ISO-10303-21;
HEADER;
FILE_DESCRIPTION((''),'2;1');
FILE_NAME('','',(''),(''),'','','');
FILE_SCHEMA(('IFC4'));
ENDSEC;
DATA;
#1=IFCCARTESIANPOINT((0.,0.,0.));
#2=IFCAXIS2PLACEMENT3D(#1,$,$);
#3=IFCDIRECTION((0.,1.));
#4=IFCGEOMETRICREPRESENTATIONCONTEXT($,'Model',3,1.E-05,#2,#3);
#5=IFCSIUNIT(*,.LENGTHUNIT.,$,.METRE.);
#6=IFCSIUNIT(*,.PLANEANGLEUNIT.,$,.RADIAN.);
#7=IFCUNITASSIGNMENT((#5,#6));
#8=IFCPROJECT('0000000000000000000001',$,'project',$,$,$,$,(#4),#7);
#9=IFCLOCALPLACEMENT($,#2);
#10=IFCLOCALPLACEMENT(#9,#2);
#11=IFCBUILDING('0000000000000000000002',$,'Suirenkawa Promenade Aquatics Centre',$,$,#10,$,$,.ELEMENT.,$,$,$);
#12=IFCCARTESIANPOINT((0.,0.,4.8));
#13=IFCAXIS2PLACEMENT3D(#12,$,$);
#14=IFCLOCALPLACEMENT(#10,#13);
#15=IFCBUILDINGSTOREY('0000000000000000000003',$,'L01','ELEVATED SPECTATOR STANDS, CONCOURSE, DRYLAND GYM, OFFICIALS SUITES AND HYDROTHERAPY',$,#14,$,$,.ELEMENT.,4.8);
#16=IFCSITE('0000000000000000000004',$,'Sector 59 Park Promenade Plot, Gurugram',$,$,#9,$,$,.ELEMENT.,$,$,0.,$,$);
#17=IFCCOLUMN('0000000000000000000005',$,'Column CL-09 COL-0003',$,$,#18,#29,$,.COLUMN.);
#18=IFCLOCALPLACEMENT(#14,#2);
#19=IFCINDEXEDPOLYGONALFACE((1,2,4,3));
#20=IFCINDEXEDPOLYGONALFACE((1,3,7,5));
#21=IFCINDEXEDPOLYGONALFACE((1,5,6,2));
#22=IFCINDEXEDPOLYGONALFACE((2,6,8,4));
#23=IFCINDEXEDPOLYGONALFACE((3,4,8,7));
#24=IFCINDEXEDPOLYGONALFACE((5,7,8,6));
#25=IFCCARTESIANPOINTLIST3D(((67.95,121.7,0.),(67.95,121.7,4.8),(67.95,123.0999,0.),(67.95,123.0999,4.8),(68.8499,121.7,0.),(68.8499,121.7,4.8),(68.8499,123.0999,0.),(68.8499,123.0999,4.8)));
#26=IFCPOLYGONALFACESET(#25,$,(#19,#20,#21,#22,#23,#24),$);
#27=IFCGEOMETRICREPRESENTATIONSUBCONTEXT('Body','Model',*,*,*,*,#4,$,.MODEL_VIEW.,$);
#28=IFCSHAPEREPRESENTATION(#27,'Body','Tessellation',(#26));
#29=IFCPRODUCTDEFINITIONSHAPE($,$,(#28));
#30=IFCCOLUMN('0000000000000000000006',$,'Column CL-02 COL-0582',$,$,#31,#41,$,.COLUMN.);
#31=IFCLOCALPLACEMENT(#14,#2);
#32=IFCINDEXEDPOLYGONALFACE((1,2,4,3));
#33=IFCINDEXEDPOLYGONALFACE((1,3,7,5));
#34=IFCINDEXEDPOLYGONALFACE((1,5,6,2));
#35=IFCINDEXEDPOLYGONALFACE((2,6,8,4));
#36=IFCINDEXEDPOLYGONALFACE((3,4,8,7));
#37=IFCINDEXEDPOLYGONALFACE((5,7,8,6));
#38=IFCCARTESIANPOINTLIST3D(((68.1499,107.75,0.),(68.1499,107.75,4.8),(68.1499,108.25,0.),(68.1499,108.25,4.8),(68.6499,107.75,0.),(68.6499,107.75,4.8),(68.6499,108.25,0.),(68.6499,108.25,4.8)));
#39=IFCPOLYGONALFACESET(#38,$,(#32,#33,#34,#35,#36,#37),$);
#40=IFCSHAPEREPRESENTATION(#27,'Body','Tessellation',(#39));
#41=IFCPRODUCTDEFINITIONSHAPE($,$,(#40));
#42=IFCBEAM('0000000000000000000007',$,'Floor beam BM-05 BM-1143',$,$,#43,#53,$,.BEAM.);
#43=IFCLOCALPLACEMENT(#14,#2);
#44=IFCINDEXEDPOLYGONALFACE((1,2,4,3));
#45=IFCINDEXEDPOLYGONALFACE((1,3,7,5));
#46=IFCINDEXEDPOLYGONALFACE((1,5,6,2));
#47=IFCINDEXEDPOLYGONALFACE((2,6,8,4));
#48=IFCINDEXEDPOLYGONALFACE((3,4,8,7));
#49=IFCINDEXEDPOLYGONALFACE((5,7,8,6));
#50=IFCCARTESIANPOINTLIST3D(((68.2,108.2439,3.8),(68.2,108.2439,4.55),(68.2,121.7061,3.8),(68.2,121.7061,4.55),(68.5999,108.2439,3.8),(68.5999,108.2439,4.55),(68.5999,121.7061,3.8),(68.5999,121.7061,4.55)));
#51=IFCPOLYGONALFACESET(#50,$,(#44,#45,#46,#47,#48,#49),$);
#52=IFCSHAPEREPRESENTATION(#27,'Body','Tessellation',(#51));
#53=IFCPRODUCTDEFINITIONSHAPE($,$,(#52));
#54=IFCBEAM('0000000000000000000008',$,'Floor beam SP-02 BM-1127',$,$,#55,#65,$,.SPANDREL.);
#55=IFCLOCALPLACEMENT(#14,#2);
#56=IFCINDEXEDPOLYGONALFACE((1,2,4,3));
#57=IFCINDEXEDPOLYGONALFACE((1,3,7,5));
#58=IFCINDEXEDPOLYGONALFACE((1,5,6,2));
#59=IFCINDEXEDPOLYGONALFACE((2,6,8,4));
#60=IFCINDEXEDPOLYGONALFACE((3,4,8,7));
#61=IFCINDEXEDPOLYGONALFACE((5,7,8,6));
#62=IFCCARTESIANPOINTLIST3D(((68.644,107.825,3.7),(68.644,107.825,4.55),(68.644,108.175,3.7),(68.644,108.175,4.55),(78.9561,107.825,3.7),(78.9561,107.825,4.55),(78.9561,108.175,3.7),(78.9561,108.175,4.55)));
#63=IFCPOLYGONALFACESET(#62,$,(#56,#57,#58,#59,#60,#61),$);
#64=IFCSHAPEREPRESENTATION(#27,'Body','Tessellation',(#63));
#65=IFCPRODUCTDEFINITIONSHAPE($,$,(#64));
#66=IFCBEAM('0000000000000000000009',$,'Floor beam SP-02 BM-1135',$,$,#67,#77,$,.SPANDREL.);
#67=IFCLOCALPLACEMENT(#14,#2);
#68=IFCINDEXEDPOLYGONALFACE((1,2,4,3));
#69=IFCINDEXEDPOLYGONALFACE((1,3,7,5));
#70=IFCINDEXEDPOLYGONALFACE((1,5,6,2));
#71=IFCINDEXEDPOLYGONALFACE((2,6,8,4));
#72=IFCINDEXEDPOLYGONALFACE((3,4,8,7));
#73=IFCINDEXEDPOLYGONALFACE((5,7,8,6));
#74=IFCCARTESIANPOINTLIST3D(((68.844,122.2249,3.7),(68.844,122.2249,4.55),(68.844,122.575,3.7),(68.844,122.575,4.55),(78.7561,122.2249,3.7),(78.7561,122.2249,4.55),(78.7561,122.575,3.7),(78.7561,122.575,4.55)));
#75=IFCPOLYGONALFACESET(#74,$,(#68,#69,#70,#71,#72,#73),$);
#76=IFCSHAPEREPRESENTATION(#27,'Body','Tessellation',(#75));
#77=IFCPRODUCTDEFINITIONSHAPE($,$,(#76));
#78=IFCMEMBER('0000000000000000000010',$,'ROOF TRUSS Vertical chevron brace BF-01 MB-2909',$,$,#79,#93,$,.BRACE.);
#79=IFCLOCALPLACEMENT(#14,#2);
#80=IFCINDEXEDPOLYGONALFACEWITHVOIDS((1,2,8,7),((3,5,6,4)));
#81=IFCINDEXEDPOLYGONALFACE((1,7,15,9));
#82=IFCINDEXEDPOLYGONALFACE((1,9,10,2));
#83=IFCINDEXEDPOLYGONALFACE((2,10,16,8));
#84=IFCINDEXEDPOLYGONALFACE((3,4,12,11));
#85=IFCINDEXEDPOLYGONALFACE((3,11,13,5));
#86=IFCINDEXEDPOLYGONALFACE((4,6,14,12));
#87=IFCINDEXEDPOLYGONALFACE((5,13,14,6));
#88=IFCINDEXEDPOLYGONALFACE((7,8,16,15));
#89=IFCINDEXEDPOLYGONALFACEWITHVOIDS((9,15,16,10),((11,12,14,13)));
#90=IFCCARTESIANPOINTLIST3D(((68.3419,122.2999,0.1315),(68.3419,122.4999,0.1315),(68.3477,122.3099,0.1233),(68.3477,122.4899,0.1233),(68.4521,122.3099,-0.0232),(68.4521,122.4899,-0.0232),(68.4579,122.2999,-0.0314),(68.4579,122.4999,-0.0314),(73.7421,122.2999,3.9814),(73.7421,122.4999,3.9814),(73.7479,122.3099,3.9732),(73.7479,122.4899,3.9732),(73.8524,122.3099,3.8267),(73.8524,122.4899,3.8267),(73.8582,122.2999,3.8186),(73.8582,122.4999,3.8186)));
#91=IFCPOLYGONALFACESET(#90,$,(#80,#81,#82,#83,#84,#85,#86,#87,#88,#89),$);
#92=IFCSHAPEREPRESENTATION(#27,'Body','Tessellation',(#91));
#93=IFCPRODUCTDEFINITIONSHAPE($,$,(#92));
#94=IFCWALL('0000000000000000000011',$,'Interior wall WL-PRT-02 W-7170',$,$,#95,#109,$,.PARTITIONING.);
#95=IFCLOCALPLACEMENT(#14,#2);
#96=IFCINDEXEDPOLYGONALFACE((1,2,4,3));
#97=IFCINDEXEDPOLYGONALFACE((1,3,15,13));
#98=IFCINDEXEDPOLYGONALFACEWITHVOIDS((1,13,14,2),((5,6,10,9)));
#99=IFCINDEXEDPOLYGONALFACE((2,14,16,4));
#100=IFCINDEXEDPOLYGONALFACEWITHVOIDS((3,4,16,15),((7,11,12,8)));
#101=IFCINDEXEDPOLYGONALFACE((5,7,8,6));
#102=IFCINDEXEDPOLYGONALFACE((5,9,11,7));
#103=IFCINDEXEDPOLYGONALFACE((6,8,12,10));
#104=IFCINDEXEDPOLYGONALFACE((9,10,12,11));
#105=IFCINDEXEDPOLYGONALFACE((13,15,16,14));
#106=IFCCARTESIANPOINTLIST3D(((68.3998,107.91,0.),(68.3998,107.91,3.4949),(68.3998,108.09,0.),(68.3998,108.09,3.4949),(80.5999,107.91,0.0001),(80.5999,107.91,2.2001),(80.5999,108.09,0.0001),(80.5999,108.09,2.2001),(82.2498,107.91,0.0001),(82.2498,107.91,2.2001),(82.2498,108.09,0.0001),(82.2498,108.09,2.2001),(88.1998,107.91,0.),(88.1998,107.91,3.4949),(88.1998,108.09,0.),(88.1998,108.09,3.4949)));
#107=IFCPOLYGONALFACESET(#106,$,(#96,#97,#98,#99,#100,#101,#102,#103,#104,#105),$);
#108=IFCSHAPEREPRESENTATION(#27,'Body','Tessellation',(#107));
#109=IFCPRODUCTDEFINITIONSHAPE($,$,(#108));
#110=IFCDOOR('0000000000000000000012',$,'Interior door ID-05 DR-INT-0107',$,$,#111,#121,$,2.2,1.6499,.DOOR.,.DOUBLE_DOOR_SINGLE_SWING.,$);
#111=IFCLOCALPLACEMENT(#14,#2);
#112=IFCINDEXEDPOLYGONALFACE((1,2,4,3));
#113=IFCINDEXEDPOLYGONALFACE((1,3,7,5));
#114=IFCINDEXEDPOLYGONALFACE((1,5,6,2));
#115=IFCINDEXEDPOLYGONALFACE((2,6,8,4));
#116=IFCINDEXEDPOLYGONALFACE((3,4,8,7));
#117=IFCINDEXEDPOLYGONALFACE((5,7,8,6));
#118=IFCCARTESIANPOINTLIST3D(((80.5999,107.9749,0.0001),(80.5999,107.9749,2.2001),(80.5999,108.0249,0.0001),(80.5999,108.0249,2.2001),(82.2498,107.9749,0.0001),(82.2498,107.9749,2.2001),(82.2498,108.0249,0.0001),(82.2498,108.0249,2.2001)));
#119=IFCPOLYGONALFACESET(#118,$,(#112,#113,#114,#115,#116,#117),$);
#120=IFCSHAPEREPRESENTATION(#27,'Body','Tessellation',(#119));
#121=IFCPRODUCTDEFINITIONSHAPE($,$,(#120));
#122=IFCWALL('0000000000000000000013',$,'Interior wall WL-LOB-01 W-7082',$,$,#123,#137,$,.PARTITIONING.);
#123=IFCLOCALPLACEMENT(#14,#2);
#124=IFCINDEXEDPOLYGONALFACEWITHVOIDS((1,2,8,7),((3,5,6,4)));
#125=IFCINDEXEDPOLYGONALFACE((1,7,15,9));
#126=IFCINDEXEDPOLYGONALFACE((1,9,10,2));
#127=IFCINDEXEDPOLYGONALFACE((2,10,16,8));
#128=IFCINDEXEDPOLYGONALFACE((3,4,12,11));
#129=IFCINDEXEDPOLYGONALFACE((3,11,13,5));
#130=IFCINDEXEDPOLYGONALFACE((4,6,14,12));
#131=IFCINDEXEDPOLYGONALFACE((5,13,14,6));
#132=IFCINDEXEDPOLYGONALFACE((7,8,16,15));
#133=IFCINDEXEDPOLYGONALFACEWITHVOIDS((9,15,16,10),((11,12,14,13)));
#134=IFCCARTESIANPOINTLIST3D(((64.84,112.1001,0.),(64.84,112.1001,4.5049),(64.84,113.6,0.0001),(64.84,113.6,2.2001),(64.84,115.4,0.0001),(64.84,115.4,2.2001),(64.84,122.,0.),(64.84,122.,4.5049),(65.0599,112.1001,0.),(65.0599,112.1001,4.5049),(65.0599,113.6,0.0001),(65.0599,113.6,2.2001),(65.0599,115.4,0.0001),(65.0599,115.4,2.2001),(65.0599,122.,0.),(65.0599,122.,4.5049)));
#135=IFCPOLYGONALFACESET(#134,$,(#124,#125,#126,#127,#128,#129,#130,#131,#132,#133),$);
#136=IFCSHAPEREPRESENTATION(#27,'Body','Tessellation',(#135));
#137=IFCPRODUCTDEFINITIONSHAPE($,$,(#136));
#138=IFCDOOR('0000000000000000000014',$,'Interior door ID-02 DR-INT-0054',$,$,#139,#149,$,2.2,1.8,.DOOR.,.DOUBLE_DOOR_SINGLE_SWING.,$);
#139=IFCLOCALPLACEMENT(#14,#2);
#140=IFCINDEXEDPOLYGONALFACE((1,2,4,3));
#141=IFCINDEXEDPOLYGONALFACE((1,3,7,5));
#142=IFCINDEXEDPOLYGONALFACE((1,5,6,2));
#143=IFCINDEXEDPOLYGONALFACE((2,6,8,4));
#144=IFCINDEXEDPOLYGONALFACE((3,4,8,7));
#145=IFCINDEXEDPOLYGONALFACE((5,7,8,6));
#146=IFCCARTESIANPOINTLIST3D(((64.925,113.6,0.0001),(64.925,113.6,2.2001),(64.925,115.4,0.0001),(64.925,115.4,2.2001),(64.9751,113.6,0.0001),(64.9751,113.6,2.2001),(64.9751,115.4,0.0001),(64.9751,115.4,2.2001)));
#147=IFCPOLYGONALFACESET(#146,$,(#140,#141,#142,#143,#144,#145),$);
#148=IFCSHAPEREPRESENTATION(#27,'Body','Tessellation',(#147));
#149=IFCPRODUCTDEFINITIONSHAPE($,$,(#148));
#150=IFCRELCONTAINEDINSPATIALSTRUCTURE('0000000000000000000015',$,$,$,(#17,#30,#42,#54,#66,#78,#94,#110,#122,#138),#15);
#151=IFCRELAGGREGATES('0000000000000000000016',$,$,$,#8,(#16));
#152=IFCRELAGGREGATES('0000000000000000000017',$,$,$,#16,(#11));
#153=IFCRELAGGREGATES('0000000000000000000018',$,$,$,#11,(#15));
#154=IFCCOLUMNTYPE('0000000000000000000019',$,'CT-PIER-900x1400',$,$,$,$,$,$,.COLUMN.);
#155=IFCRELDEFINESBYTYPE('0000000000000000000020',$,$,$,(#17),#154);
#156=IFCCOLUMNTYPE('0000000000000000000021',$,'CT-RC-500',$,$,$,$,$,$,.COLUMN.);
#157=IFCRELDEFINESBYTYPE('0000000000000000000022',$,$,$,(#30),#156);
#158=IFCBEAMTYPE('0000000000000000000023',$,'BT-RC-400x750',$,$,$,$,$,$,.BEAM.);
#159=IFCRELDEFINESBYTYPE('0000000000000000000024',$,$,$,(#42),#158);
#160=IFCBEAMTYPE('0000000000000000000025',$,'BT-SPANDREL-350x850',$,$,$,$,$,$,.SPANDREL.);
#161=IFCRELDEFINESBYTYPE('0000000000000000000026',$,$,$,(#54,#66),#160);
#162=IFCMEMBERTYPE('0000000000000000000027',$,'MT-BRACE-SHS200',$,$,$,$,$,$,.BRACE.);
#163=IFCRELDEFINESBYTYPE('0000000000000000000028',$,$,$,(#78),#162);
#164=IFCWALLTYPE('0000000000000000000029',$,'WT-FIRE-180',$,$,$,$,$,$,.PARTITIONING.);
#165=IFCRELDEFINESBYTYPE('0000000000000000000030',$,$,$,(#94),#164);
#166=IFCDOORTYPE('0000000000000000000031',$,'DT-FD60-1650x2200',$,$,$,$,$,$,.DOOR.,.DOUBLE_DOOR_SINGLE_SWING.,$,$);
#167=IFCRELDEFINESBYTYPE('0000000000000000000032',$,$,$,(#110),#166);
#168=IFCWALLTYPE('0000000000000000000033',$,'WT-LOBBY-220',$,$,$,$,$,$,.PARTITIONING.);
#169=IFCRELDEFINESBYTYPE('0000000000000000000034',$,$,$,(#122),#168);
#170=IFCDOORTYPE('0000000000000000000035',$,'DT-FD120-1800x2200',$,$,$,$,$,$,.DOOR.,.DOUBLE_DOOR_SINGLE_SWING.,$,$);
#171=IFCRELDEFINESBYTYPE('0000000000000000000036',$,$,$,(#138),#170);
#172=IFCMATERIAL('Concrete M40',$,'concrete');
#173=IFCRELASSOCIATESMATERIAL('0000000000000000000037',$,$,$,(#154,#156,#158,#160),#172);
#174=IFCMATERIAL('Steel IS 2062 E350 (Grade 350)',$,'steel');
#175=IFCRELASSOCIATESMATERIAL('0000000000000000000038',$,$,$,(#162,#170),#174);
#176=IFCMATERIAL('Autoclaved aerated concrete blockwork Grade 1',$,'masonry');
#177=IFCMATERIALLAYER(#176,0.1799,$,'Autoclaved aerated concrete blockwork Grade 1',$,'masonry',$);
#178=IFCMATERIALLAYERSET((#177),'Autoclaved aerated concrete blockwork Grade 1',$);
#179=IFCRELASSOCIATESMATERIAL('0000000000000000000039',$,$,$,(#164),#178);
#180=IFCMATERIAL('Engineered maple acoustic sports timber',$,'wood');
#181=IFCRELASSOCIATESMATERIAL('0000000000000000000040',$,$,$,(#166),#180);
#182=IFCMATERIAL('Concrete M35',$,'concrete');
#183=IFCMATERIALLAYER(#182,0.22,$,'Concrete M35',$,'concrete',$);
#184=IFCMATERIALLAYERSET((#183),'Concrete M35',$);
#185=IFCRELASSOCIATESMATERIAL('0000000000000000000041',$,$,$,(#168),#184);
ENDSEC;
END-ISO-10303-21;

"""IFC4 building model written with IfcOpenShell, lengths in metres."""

from ifc_helpers import new_model, si_unit, direction, frame, frame_2d, origin, origin_2d, place, context, subcontext, project, spatial, rectangle, hollow_rectangle, extrude, material, layer, layer_set, material_profile, profile_set, type_object, element, fill, save


model = new_model("IFC4")

# Units and contexts
model_context = context("Model", 3, precision=1e-05, world=origin(), true_north=direction((0.0, 1.0)))
body_context = subcontext(model_context, "Body", "Model", "MODEL_VIEW")
ifc_project = project(units=[si_unit("LENGTHUNIT", "METRE"), si_unit("PLANEANGLEUNIT", "RADIAN")], contexts=[model_context])

# Site, building, storey
site_placement = place(None, origin())
site = spatial("IfcSite", under=ifc_project, at=site_placement, Name="Sector 59 Park Promenade Plot, Gurugram", CompositionType="ELEMENT", RefElevation=0.0)
building_placement = place(site_placement, origin())
building = spatial("IfcBuilding", under=site, at=building_placement, Name="Suirenkawa Promenade Aquatics Centre", CompositionType="ELEMENT")
storey_placement = place(building_placement, frame((0.0, 0.0, 4.8)))
storey = spatial("IfcBuildingStorey", under=building, at=storey_placement, Name="L01", Description="ELEVATED SPECTATOR STANDS, CONCOURSE, DRYLAND GYM, OFFICIALS SUITES AND HYDROTHERAPY", CompositionType="ELEMENT", Elevation=4.8)

# Columns
ifc_material_1 = material(Name="Concrete M40", Category="concrete")
ifc_material_profile_1 = material_profile(ifc_material_1, rectangle(XDim=0.8999, YDim=1.3999, at=origin_2d()), Name="RC PIER 900x1400", Category="concrete")
ifc_profile_set_1 = profile_set([ifc_material_profile_1], Name="Concrete M40")
column_type_1 = type_object("IfcColumnType", Name="CT-PIER-900x1400", PredefinedType="COLUMN", material=ifc_profile_set_1)
column_1_placement = place(storey_placement, frame((68.3999, 122.3999, 0.0), z_axis=(0.0, 0.0, 1.0), x_axis=(1.0, 0.0, 0.0)))
element("IfcColumn", 1, at=column_1_placement, inside=storey, type_object=column_type_1, Name="Column CL-09 COL-0003", PredefinedType="COLUMN", context=body_context, shape_type="SweptSolid", body=[
    extrude(rectangle(XDim=0.8999, YDim=1.3999, at=origin_2d()), origin(), (0.0, 0.0, 1.0), 4.8),
])
ifc_material_profile_2 = material_profile(ifc_material_1, rectangle(XDim=0.5, YDim=0.5, at=origin_2d()), Name="RC COL 500x500", Category="concrete")
ifc_profile_set_2 = profile_set([ifc_material_profile_2], Name="Concrete M40")
column_type_2 = type_object("IfcColumnType", Name="CT-RC-500", PredefinedType="COLUMN", material=ifc_profile_set_2)
column_2_placement = place(storey_placement, frame((68.3999, 108.0, 0.0), z_axis=(0.0, 0.0, 1.0), x_axis=(1.0, 0.0, 0.0)))
element("IfcColumn", 2, at=column_2_placement, inside=storey, type_object=column_type_2, Name="Column CL-02 COL-0582", PredefinedType="COLUMN", context=body_context, shape_type="SweptSolid", body=[
    extrude(rectangle(XDim=0.5, YDim=0.5, at=origin_2d()), origin(), (0.0, 0.0, 1.0), 4.8),
])

# Beams
ifc_material_profile_3 = material_profile(ifc_material_1, rectangle(XDim=0.3999, YDim=0.75, at=origin_2d()), Name="RC BM 400x750", Category="concrete")
ifc_profile_set_3 = profile_set([ifc_material_profile_3], Name="Concrete M40")
beam_type_1 = type_object("IfcBeamType", Name="BT-RC-400x750", PredefinedType="BEAM", material=ifc_profile_set_3)
beam_1_placement = place(storey_placement, frame((68.3999, 108.2439, 4.175), z_axis=(0.0, 1.0, 0.0), x_axis=(-1.0, 0.0, 0.0)))
element("IfcBeam", 3, at=beam_1_placement, inside=storey, type_object=beam_type_1, Name="Floor beam BM-05 BM-1143", PredefinedType="BEAM", context=body_context, shape_type="SweptSolid", body=[
    extrude(rectangle(XDim=0.3999, YDim=0.75, at=origin_2d()), origin(), (0.0, 0.0, 1.0), 13.4622),
])
ifc_material_profile_4 = material_profile(ifc_material_1, rectangle(XDim=0.3501, YDim=0.8501, at=origin_2d()), Name="RC SPANDREL 350x850", Category="concrete")
ifc_profile_set_4 = profile_set([ifc_material_profile_4], Name="Concrete M40")
beam_type_2 = type_object("IfcBeamType", Name="BT-SPANDREL-350x850", PredefinedType="SPANDREL", material=ifc_profile_set_4)
beam_2_placement = place(storey_placement, frame((68.644, 108.0, 4.125), z_axis=(1.0, 0.0, 0.0), x_axis=(0.0, 1.0, 0.0)))
element("IfcBeam", 4, at=beam_2_placement, inside=storey, type_object=beam_type_2, Name="Floor beam SP-02 BM-1127", PredefinedType="SPANDREL", context=body_context, shape_type="SweptSolid", body=[
    extrude(rectangle(XDim=0.3501, YDim=0.8501, at=origin_2d()), origin(), (0.0, 0.0, 1.0), 10.312),
])
beam_3_placement = place(storey_placement, frame((68.844, 122.3999, 4.125), z_axis=(1.0, 0.0, 0.0), x_axis=(0.0, 1.0, 0.0)))
element("IfcBeam", 5, at=beam_3_placement, inside=storey, type_object=beam_type_2, Name="Floor beam SP-02 BM-1135", PredefinedType="SPANDREL", context=body_context, shape_type="SweptSolid", body=[
    extrude(rectangle(XDim=0.3501, YDim=0.8501, at=origin_2d()), origin(), (0.0, 0.0, 1.0), 9.9121),
])

# Member
ifc_material_2 = material(Name="Steel IS 2062 E350 (Grade 350)", Category="steel")
ifc_material_profile_5 = material_profile(ifc_material_2, hollow_rectangle(XDim=0.2, YDim=0.2, WallThickness=0.01, at=origin_2d()), Name="SHS 200x200x10", Category="steel")
ifc_profile_set_5 = profile_set([ifc_material_profile_5], Name="Steel IS 2062 E350 (Grade 350)")
member_type = type_object("IfcMemberType", Name="MT-BRACE-SHS200", PredefinedType="BRACE", material=ifc_profile_set_5)
member_placement = place(storey_placement, frame((68.3999, 122.3999, 0.05), z_axis=(0.81426, 0.0, 0.5805), x_axis=(0.0, 1.0, 0.0)))
element("IfcMember", 6, at=member_placement, inside=storey, type_object=member_type, Name="ROOF TRUSS Vertical chevron brace BF-01 MB-2909", PredefinedType="BRACE", context=body_context, shape_type="SweptSolid", body=[
    extrude(hollow_rectangle(XDim=0.2, YDim=0.2, WallThickness=0.01, at=origin_2d()), origin(), (0.0, 0.0, 1.0), 6.6321),
])

# Walls, openings, doors
ifc_material_3 = material(Name="Autoclaved aerated concrete blockwork Grade 1", Category="masonry")
ifc_layer_1 = layer(ifc_material_3, 0.1799, Name="Autoclaved aerated concrete blockwork Grade 1", Category="masonry")
ifc_layer_set_1 = layer_set([ifc_layer_1], Name="Autoclaved aerated concrete blockwork Grade 1")
wall_type_1 = type_object("IfcWallType", Name="WT-FIRE-180", PredefinedType="PARTITIONING", material=ifc_layer_set_1)
wall_1_placement = place(storey_placement, frame((68.3999, 108.0, 0.0), z_axis=(0.0, 0.0, 1.0), x_axis=(1.0, 0.0, 0.0)))
wall_1 = element("IfcWall", 7, at=wall_1_placement, inside=storey, type_object=wall_type_1, Name="Interior wall WL-PRT-02 W-7170", PredefinedType="PARTITIONING", context=body_context, shape_type="SweptSolid", body=[
    extrude(rectangle(XDim=19.8, YDim=0.1799, at=frame_2d((9.8999, 0.0))), origin(), (0.0, 0.0, 1.0), 3.4949),
])
opening_1_placement = place(wall_1_placement, frame((12.2, 0.0, 0.0)))
opening_1 = element("IfcOpeningElement", 8, at=opening_1_placement, cuts=wall_1, PredefinedType="OPENING", context=body_context, shape_type="SweptSolid", body=[
    extrude(rectangle(XDim=1.6499, YDim=2.2, at=frame_2d((0.825, 1.1001))), frame((0.0, 0.0999, 0.0), z_axis=(0.0, -1.0, 0.0), x_axis=(1.0, 0.0, 0.0)), (0.0, 0.0, 1.0), 0.2),
])
ifc_material_4 = material(Name="Engineered maple acoustic sports timber", Category="wood")
door_type_1 = type_object("IfcDoorType", Name="DT-FD60-1650x2200", OperationType="DOUBLE_DOOR_SINGLE_SWING", PredefinedType="DOOR", material=ifc_material_4)
door_1_placement = place(opening_1_placement, origin())
door_1 = element("IfcDoor", 9, at=door_1_placement, inside=storey, type_object=door_type_1, Name="Interior door ID-05 DR-INT-0107", OperationType="DOUBLE_DOOR_SINGLE_SWING", OverallHeight=2.2, OverallWidth=1.6499, PredefinedType="DOOR", context=body_context, shape_type="SweptSolid", body=[
    extrude(rectangle(XDim=1.6499, YDim=2.2, at=frame_2d((0.825, 1.1001))), frame((0.0, 0.0249, 0.0), z_axis=(0.0, -1.0, 0.0), x_axis=(1.0, 0.0, 0.0)), (0.0, 0.0, 1.0), 0.05),
])
fill(opening_1, door_1)
ifc_material_5 = material(Name="Concrete M35", Category="concrete")
ifc_layer_2 = layer(ifc_material_5, 0.22, Name="Concrete M35", Category="concrete")
ifc_layer_set_2 = layer_set([ifc_layer_2], Name="Concrete M35")
wall_type_2 = type_object("IfcWallType", Name="WT-LOBBY-220", PredefinedType="PARTITIONING", material=ifc_layer_set_2)
wall_2_placement = place(storey_placement, frame((64.95, 112.1001, 0.0), z_axis=(0.0, 0.0, 1.0), x_axis=(0.0, 1.0, 0.0)))
wall_2 = element("IfcWall", 10, at=wall_2_placement, inside=storey, type_object=wall_type_2, Name="Interior wall WL-LOB-01 W-7082", PredefinedType="PARTITIONING", context=body_context, shape_type="SweptSolid", body=[
    extrude(rectangle(XDim=9.8999, YDim=0.22, at=frame_2d((4.95, 0.0))), origin(), (0.0, 0.0, 1.0), 4.5049),
])
opening_2_placement = place(wall_2_placement, frame((1.5, 0.0, 0.0)))
opening_2 = element("IfcOpeningElement", 11, at=opening_2_placement, cuts=wall_2, PredefinedType="OPENING", context=body_context, shape_type="SweptSolid", body=[
    extrude(rectangle(XDim=1.8, YDim=2.2, at=frame_2d((0.8999, 1.1001))), frame((0.0, 0.1199, 0.0), z_axis=(0.0, -1.0, 0.0), x_axis=(1.0, 0.0, 0.0)), (0.0, 0.0, 1.0), 0.24),
])
door_type_2 = type_object("IfcDoorType", Name="DT-FD120-1800x2200", OperationType="DOUBLE_DOOR_SINGLE_SWING", PredefinedType="DOOR", material=ifc_material_2)
door_2_placement = place(opening_2_placement, origin())
door_2 = element("IfcDoor", 12, at=door_2_placement, inside=storey, type_object=door_type_2, Name="Interior door ID-02 DR-INT-0054", OperationType="DOUBLE_DOOR_SINGLE_SWING", OverallHeight=2.2, OverallWidth=1.8, PredefinedType="DOOR", context=body_context, shape_type="SweptSolid", body=[
    extrude(rectangle(XDim=1.8, YDim=2.2, at=frame_2d((0.8999, 1.1001))), frame((0.0, 0.0249, 0.0), z_axis=(0.0, -1.0, 0.0), x_axis=(1.0, 0.0, 0.0)), (0.0, 0.0, 1.0), 0.05),
])
fill(opening_2, door_2)

save(model, "model.ifc")
